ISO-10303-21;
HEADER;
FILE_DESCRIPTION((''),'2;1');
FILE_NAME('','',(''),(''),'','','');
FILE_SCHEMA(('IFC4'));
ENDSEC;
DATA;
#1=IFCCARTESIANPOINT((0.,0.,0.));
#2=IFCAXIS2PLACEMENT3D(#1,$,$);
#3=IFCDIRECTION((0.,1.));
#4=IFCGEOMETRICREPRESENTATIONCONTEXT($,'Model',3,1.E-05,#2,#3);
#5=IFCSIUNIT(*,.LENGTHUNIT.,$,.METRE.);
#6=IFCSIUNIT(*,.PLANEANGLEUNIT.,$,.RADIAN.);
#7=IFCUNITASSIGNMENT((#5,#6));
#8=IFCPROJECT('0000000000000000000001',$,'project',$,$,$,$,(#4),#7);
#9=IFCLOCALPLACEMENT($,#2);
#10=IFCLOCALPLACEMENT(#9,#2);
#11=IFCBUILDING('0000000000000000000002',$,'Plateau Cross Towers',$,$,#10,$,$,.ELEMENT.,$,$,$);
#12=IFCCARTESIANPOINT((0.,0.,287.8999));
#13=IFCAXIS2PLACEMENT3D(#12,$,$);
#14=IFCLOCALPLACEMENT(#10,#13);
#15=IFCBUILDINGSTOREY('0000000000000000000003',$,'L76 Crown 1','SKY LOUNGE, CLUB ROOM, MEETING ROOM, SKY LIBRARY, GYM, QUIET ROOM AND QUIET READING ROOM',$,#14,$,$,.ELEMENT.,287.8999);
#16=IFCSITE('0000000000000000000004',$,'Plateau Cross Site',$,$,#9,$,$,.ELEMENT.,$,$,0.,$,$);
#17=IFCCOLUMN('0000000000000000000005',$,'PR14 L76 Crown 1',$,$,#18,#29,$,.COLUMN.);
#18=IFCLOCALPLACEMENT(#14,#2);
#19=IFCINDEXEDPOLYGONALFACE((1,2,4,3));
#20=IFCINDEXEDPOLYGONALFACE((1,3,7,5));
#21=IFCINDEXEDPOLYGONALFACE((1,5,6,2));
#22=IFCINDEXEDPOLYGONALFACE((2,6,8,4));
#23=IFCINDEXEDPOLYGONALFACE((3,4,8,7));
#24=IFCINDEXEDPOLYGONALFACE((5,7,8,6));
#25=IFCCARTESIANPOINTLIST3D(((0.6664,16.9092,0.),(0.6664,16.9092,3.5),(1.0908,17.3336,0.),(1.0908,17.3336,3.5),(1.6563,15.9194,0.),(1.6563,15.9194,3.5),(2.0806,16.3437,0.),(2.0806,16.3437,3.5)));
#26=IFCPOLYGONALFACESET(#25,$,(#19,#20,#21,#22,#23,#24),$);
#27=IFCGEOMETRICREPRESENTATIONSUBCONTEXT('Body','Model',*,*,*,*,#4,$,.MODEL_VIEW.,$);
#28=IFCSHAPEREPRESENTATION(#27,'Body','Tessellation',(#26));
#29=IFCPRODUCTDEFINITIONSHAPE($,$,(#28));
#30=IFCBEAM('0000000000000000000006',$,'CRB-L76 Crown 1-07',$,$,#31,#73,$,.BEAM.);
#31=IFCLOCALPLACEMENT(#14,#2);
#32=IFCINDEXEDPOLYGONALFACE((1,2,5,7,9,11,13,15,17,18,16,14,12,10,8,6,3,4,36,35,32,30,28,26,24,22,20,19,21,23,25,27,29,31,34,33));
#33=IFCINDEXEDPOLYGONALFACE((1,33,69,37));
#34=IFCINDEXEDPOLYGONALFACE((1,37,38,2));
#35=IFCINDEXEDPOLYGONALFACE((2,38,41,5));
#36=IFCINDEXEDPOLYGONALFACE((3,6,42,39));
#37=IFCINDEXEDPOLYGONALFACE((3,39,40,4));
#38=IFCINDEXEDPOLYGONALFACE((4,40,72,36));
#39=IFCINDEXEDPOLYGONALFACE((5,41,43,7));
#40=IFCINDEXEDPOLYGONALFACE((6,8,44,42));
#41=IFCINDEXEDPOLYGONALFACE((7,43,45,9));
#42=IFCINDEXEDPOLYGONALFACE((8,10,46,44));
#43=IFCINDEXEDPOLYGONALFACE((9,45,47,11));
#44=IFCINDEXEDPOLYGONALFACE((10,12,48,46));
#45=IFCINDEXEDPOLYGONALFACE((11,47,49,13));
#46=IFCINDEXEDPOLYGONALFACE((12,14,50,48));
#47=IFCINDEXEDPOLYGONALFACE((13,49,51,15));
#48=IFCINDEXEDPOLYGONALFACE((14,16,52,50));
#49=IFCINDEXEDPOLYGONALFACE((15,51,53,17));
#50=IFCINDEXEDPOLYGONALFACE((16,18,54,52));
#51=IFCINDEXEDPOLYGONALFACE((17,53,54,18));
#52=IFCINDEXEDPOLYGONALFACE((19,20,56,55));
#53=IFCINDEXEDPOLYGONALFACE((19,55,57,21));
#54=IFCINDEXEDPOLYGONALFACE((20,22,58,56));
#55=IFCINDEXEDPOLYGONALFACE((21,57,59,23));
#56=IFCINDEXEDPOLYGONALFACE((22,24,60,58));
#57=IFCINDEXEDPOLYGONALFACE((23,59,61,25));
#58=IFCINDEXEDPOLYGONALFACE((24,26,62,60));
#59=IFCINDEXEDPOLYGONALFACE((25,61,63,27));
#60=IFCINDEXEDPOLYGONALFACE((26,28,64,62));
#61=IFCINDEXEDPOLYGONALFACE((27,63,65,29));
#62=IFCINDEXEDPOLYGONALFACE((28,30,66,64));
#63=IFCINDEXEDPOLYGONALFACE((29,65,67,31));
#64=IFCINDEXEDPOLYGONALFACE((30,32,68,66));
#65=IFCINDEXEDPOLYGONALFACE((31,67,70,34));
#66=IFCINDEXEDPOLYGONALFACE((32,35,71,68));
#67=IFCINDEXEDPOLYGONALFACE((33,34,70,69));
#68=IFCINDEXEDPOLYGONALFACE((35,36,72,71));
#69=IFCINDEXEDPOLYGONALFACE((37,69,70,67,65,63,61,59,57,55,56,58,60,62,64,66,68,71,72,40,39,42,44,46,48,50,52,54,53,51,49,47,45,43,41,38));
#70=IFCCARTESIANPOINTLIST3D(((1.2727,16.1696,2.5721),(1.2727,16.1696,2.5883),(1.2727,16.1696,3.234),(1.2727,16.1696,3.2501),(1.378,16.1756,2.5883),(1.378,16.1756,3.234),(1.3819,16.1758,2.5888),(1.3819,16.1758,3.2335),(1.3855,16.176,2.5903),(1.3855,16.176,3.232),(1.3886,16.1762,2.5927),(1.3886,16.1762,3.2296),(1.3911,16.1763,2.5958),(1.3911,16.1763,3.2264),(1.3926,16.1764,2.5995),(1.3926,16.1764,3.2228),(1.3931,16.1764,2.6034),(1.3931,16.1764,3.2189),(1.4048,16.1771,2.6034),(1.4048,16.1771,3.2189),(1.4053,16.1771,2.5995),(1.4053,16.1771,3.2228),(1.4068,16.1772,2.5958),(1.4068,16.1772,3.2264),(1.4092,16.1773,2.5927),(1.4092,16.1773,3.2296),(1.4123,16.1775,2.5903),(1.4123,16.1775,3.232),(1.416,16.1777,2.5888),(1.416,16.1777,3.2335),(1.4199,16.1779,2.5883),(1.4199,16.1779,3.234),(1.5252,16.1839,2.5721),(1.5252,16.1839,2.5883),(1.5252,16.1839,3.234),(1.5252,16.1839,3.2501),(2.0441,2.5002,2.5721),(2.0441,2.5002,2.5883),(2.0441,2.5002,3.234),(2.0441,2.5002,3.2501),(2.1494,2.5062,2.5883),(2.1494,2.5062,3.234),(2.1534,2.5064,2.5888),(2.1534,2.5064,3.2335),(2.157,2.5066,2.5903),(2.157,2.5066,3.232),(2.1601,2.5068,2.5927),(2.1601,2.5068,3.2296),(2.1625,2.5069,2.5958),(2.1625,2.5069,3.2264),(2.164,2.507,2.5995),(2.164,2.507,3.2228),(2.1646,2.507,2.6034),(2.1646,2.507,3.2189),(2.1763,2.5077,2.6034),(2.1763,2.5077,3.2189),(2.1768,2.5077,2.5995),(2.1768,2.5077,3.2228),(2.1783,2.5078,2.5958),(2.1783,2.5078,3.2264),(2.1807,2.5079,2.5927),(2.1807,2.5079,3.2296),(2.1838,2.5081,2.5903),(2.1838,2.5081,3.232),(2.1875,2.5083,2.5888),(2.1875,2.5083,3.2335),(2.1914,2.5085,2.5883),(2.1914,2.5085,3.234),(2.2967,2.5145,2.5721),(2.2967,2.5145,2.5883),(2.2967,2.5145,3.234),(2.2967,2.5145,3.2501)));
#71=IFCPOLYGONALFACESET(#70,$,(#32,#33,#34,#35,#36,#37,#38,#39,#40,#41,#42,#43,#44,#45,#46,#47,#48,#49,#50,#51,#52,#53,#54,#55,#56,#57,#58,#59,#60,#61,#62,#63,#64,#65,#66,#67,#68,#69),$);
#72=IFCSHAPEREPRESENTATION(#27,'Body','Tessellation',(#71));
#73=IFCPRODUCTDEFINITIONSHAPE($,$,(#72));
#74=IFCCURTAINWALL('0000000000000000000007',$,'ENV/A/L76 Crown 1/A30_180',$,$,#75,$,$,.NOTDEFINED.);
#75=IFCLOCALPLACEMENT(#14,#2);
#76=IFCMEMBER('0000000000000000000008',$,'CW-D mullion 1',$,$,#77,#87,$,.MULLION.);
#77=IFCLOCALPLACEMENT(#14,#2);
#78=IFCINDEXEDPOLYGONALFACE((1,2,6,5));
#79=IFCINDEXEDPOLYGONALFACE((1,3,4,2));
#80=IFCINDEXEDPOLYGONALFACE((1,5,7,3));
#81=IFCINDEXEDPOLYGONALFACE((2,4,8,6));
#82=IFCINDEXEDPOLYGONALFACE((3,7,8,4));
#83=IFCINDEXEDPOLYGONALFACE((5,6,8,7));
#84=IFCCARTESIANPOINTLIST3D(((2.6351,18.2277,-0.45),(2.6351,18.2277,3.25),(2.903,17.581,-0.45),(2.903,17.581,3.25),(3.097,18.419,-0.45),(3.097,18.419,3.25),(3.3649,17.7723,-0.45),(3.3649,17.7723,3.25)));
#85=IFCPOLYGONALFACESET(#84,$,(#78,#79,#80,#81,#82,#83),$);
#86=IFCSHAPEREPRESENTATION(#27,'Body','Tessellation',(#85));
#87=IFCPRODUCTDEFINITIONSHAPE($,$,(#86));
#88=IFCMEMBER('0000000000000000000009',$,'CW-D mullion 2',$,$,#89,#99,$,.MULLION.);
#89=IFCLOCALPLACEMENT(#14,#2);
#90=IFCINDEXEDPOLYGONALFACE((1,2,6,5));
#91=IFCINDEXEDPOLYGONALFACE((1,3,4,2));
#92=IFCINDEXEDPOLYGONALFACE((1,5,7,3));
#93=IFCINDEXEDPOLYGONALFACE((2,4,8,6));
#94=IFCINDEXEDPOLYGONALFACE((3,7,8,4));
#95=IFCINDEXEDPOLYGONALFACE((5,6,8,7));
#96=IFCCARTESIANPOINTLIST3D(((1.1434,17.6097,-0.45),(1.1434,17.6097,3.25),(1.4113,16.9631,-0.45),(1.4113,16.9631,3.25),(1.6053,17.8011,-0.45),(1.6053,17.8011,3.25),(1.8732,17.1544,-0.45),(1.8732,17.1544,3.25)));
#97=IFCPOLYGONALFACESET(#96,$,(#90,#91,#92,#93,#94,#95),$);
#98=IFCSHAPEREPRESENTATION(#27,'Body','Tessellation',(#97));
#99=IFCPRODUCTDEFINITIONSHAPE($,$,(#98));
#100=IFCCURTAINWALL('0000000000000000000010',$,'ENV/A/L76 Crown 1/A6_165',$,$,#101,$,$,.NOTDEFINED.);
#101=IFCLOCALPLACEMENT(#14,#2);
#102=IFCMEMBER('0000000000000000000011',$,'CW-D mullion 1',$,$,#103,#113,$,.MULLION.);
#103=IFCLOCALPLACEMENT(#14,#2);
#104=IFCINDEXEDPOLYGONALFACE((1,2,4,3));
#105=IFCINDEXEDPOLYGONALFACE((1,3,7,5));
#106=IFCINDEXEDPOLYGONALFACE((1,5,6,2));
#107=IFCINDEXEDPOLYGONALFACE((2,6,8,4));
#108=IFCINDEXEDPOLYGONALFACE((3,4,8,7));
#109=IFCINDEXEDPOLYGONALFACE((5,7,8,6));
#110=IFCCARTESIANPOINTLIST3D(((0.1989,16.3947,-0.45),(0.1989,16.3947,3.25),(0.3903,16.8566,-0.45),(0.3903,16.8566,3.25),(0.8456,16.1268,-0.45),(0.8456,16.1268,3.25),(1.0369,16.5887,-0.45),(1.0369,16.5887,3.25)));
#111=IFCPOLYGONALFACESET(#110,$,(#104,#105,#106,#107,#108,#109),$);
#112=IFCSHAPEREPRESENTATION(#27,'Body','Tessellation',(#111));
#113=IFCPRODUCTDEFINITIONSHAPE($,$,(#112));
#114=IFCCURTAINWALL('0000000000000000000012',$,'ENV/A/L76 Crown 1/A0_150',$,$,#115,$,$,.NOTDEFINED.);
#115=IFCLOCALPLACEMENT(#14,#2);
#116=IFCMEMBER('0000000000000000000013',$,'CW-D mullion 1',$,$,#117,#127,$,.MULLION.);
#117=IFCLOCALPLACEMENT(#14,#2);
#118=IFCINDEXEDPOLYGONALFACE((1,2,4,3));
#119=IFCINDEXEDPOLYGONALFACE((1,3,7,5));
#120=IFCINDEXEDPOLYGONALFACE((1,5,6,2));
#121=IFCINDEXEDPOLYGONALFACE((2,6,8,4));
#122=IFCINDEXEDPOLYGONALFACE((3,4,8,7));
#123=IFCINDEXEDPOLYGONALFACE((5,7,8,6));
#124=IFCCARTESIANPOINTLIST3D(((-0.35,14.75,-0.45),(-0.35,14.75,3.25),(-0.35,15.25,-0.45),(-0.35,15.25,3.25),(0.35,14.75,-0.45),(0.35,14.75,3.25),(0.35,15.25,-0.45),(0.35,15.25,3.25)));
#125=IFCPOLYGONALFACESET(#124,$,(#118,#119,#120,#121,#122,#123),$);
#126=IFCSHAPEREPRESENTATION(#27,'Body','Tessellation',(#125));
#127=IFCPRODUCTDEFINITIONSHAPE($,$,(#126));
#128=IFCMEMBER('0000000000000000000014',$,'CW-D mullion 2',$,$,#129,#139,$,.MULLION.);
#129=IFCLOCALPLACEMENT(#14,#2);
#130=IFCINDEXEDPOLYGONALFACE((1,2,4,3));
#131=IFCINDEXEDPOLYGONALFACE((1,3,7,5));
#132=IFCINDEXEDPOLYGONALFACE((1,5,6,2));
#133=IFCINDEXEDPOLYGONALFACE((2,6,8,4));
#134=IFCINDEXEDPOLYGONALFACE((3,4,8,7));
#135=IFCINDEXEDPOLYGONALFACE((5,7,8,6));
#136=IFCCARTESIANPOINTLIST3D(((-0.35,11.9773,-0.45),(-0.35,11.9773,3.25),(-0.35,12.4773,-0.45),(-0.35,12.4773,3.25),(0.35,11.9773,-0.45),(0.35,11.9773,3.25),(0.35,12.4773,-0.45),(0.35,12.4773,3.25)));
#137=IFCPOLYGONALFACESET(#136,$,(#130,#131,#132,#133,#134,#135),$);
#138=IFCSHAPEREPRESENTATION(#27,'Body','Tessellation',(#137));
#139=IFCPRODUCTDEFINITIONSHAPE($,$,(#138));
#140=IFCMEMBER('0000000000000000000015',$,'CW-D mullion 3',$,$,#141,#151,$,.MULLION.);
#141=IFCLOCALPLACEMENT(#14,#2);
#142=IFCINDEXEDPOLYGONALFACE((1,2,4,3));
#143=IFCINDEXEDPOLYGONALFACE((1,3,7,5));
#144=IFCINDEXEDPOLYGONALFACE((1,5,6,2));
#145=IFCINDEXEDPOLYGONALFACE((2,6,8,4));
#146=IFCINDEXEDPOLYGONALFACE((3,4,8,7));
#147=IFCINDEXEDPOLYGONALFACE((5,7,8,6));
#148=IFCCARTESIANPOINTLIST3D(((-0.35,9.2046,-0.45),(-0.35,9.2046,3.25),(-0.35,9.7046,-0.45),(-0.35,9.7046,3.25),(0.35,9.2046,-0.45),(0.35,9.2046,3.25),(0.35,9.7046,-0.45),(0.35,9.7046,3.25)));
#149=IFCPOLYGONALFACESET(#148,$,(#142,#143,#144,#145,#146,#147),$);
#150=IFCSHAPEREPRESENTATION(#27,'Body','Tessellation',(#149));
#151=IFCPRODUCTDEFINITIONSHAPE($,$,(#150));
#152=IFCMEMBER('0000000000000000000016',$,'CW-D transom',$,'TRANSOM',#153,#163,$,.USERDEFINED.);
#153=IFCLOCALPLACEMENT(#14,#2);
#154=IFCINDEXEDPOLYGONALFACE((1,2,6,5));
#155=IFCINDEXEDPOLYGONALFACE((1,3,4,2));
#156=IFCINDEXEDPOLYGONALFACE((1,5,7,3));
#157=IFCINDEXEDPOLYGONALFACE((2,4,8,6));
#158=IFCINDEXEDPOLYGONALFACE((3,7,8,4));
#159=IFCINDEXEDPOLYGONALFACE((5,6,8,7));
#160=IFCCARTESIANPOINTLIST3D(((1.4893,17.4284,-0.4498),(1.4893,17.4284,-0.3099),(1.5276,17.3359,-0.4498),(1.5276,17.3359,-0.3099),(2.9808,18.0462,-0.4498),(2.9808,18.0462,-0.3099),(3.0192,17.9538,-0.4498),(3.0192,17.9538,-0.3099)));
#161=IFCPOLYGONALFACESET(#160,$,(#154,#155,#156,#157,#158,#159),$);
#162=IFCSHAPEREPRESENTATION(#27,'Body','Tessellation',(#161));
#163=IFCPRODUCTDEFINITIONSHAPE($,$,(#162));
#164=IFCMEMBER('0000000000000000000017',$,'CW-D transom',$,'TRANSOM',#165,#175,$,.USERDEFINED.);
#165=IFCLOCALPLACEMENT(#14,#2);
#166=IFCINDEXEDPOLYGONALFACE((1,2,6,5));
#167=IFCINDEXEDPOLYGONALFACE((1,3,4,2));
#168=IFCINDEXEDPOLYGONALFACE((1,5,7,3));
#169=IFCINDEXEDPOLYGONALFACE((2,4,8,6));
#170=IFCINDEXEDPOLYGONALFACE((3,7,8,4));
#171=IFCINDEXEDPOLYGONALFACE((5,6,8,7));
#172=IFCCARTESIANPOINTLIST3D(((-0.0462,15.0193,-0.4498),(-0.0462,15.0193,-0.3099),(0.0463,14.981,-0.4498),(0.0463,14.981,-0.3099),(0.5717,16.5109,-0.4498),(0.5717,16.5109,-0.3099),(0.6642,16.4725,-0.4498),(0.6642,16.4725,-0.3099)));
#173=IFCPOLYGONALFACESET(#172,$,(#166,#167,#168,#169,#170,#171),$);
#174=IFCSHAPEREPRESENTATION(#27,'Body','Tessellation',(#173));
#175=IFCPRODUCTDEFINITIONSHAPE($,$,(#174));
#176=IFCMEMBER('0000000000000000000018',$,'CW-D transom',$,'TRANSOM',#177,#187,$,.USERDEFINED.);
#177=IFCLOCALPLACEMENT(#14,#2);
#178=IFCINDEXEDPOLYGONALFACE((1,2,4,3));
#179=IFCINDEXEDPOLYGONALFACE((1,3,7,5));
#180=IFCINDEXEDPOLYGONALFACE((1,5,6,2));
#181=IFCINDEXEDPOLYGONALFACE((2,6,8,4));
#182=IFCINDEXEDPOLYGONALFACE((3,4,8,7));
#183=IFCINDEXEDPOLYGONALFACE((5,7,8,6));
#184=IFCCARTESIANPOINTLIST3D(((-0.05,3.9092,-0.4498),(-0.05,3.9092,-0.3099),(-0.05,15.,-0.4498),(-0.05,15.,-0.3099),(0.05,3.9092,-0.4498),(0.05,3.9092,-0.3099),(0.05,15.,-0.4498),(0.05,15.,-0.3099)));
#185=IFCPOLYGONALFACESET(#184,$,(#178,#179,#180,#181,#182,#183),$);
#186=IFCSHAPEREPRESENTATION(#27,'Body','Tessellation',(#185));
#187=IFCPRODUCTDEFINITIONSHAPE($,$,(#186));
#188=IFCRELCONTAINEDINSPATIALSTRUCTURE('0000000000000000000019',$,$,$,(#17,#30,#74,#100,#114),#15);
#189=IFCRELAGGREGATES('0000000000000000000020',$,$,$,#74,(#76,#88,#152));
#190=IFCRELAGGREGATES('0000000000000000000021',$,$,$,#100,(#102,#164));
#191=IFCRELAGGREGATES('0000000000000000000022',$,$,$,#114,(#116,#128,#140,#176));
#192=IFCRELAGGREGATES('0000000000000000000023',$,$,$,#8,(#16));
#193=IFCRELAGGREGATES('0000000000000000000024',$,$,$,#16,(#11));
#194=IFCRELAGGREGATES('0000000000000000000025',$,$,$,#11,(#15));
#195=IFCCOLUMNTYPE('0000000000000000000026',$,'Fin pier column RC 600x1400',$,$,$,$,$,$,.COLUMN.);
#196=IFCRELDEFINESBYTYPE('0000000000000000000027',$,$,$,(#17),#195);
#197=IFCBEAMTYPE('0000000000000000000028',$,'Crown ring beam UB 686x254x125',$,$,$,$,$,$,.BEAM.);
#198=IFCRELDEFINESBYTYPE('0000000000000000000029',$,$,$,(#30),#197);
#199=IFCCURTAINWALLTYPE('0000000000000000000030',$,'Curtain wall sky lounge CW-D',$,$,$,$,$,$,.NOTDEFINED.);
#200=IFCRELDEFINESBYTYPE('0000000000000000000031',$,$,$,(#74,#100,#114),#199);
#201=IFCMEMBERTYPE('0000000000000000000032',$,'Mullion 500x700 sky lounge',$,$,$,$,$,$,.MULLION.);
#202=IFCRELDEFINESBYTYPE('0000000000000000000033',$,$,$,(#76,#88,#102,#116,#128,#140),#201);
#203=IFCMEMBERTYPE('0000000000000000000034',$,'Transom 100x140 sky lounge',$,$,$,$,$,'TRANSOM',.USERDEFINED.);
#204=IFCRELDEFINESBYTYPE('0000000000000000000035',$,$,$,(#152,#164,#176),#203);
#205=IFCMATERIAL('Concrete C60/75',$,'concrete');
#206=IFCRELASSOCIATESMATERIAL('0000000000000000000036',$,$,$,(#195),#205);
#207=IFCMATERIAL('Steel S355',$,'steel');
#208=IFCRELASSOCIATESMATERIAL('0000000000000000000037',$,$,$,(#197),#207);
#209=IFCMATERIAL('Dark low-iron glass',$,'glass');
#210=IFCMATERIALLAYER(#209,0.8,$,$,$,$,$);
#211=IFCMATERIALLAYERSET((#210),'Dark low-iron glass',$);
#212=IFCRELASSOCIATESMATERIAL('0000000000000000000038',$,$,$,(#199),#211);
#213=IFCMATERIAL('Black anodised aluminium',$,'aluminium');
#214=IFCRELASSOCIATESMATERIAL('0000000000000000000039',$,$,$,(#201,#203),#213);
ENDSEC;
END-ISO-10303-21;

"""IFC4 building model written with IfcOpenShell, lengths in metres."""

from ifc_helpers import new_model, si_unit, direction, frame, origin, origin_2d, place, context, subcontext, project, spatial, rectangle, i_section, extrude, material, layer, layer_set, material_profile, profile_set, type_object, element, aggregate, save


model = new_model("IFC4")

# Units and contexts
model_context = context("Model", 3, precision=1e-05, world=origin(), true_north=direction((0.0, 1.0)))
body_context = subcontext(model_context, "Body", "Model", "MODEL_VIEW")
ifc_project = project(units=[si_unit("LENGTHUNIT", "METRE"), si_unit("PLANEANGLEUNIT", "RADIAN")], contexts=[model_context])

# Site, building, storey
site_placement = place(None, origin())
site = spatial("IfcSite", under=ifc_project, at=site_placement, Name="Plateau Cross Site", CompositionType="ELEMENT", RefElevation=0.0)
building_placement = place(site_placement, origin())
building = spatial("IfcBuilding", under=site, at=building_placement, Name="Plateau Cross Towers", CompositionType="ELEMENT")
storey_placement = place(building_placement, frame((0.0, 0.0, 287.8999)))
storey = spatial("IfcBuildingStorey", under=building, at=storey_placement, Name="L76 Crown 1", Description="SKY LOUNGE, CLUB ROOM, MEETING ROOM, SKY LIBRARY, GYM, QUIET ROOM AND QUIET READING ROOM", CompositionType="ELEMENT", Elevation=287.8999)

# Column
ifc_material_1 = material(Name="Concrete C60/75", Category="concrete")
ifc_material_profile_1 = material_profile(ifc_material_1, rectangle(XDim=0.6001, YDim=1.3999, at=origin_2d()), Name="RC 600x1400")
ifc_profile_set_1 = profile_set([ifc_material_profile_1], Name="Concrete C60/75")
column_type = type_object("IfcColumnType", Name="Fin pier column RC 600x1400", PredefinedType="COLUMN", material=ifc_profile_set_1)
column_placement = place(storey_placement, frame((1.3735, 16.6265, 0.0), z_axis=(0.0, 0.0, 1.0), x_axis=(0.707107, 0.707107, 0.0)))
element("IfcColumn", 1, at=column_placement, inside=storey, type_object=column_type, Name="PR14 L76 Crown 1", PredefinedType="COLUMN", context=body_context, shape_type="SweptSolid", body=[
    extrude(rectangle(XDim=0.6001, YDim=1.3999, at=origin_2d()), origin(), (0.0, 0.0, 1.0), 3.5),
])

# Beam
ifc_material_2 = material(Name="Steel S355", Category="steel")
ifc_material_profile_2 = material_profile(ifc_material_2, i_section(OverallWidth=0.2529, OverallDepth=0.678, WebThickness=0.0117, FlangeThickness=0.0161, FilletRadius=0.0151, at=origin_2d()), Name="UB 686x254x125")
ifc_profile_set_2 = profile_set([ifc_material_profile_2], Name="Steel S355")
beam_type = type_object("IfcBeamType", Name="Crown ring beam UB 686x254x125", PredefinedType="BEAM", material=ifc_profile_set_2)
beam_placement = place(storey_placement, frame((1.3989, 16.1768, 2.9111), z_axis=(0.056349, -0.998411, 0.0), x_axis=(0.998411, 0.056349, 0.0)))
element("IfcBeam", 2, at=beam_placement, inside=storey, type_object=beam_type, Name="CRB-L76 Crown 1-07", PredefinedType="BEAM", context=body_context, shape_type="SweptSolid", body=[
    extrude(i_section(OverallWidth=0.2529, OverallDepth=0.678, WebThickness=0.0117, FlangeThickness=0.0161, FilletRadius=0.0151, at=origin_2d()), origin(), (0.0, 0.0, 1.0), 13.6912),
])

# Curtain wall, members
ifc_material_3 = material(Name="Dark low-iron glass", Category="glass")
ifc_layer_1 = layer(ifc_material_3, 0.8)
ifc_layer_set_1 = layer_set([ifc_layer_1], Name="Dark low-iron glass")
curtain_wall_type = type_object("IfcCurtainWallType", Name="Curtain wall sky lounge CW-D", PredefinedType="NOTDEFINED", material=ifc_layer_set_1)
curtain_wall_1_placement = place(storey_placement, origin())
curtain_wall_1 = element("IfcCurtainWall", 3, at=curtain_wall_1_placement, inside=storey, type_object=curtain_wall_type, Name="ENV/A/L76 Crown 1/A30_180", PredefinedType="NOTDEFINED")
ifc_material_4 = material(Name="Black anodised aluminium", Category="aluminium")
ifc_material_profile_3 = material_profile(ifc_material_4, rectangle(XDim=0.5, YDim=0.7, at=origin_2d()), Name="MULLION 500x700")
ifc_profile_set_3 = profile_set([ifc_material_profile_3], Name="Black anodised aluminium")
member_type_1 = type_object("IfcMemberType", Name="Mullion 500x700 sky lounge", PredefinedType="MULLION", material=ifc_profile_set_3)
member_1_placement = place(storey_placement, frame((3.0, 18.0, -0.45), z_axis=(0.0, 0.0, 1.0), x_axis=(-0.923879, -0.382684, 0.0)))
member_1 = element("IfcMember", 4, at=member_1_placement, type_object=member_type_1, Name="CW-D mullion 1", PredefinedType="MULLION", context=body_context, shape_type="SweptSolid", body=[
    extrude(rectangle(XDim=0.5, YDim=0.7, at=origin_2d()), origin(), (0.0, 0.0, 1.0), 3.7),
])
member_2_placement = place(storey_placement, frame((1.5083, 17.3821, -0.45), z_axis=(0.0, 0.0, 1.0), x_axis=(-0.923879, -0.382684, 0.0)))
member_2 = element("IfcMember", 5, at=member_2_placement, type_object=member_type_1, Name="CW-D mullion 2", PredefinedType="MULLION", context=body_context, shape_type="SweptSolid", body=[
    extrude(rectangle(XDim=0.5, YDim=0.7, at=origin_2d()), origin(), (0.0, 0.0, 1.0), 3.7),
])

# Curtain wall, member
curtain_wall_2_placement = place(storey_placement, origin())
curtain_wall_2 = element("IfcCurtainWall", 6, at=curtain_wall_2_placement, inside=storey, type_object=curtain_wall_type, Name="ENV/A/L76 Crown 1/A6_165", PredefinedType="NOTDEFINED")
member_3_placement = place(storey_placement, frame((0.6179, 16.4917, -0.45), z_axis=(0.0, 0.0, 1.0), x_axis=(-0.382684, -0.923879, 0.0)))
member_3 = element("IfcMember", 7, at=member_3_placement, type_object=member_type_1, Name="CW-D mullion 1", PredefinedType="MULLION", context=body_context, shape_type="SweptSolid", body=[
    extrude(rectangle(XDim=0.5, YDim=0.7, at=origin_2d()), origin(), (0.0, 0.0, 1.0), 3.7),
])

# Curtain wall, members
curtain_wall_3_placement = place(storey_placement, origin())
curtain_wall_3 = element("IfcCurtainWall", 8, at=curtain_wall_3_placement, inside=storey, type_object=curtain_wall_type, Name="ENV/A/L76 Crown 1/A0_150", PredefinedType="NOTDEFINED")
member_4_placement = place(storey_placement, frame((0.0, 15.0, -0.45), z_axis=(0.0, 0.0, 1.0), x_axis=(0.0, -1.0, 0.0)))
member_4 = element("IfcMember", 9, at=member_4_placement, type_object=member_type_1, Name="CW-D mullion 1", PredefinedType="MULLION", context=body_context, shape_type="SweptSolid", body=[
    extrude(rectangle(XDim=0.5, YDim=0.7, at=origin_2d()), origin(), (0.0, 0.0, 1.0), 3.7),
])
member_5_placement = place(storey_placement, frame((0.0, 12.2273, -0.45), z_axis=(0.0, 0.0, 1.0), x_axis=(0.0, -1.0, 0.0)))
member_5 = element("IfcMember", 10, at=member_5_placement, type_object=member_type_1, Name="CW-D mullion 2", PredefinedType="MULLION", context=body_context, shape_type="SweptSolid", body=[
    extrude(rectangle(XDim=0.5, YDim=0.7, at=origin_2d()), origin(), (0.0, 0.0, 1.0), 3.7),
])
member_6_placement = place(storey_placement, frame((0.0, 9.4546, -0.45), z_axis=(0.0, 0.0, 1.0), x_axis=(0.0, -1.0, 0.0)))
member_6 = element("IfcMember", 11, at=member_6_placement, type_object=member_type_1, Name="CW-D mullion 3", PredefinedType="MULLION", context=body_context, shape_type="SweptSolid", body=[
    extrude(rectangle(XDim=0.5, YDim=0.7, at=origin_2d()), origin(), (0.0, 0.0, 1.0), 3.7),
])

# Members
ifc_material_profile_4 = material_profile(ifc_material_4, rectangle(XDim=0.1001, YDim=0.1399, at=origin_2d()), Name="TRANSOM 100x140")
ifc_profile_set_4 = profile_set([ifc_material_profile_4], Name="Black anodised aluminium")
member_type_2 = type_object("IfcMemberType", Name="Transom 100x140 sky lounge", ElementType="TRANSOM", PredefinedType="USERDEFINED", material=ifc_profile_set_4)
member_7_placement = place(storey_placement, frame((3.0, 18.0, -0.3799), z_axis=(-0.923871, -0.382703, 0.0), x_axis=(0.382703, -0.923871, 0.0)))
member_7 = element("IfcMember", 12, at=member_7_placement, type_object=member_type_2, Name="CW-D transom", ObjectType="TRANSOM", PredefinedType="USERDEFINED", context=body_context, shape_type="SweptSolid", body=[
    extrude(rectangle(XDim=0.1001, YDim=0.1399, at=origin_2d()), origin(), (0.0, 0.0, 1.0), 1.6145),
])
member_8_placement = place(storey_placement, frame((0.6179, 16.4917, -0.3799), z_axis=(-0.382703, -0.923871, 0.0), x_axis=(0.923871, -0.382703, 0.0)))
member_8 = element("IfcMember", 13, at=member_8_placement, type_object=member_type_2, Name="CW-D transom", ObjectType="TRANSOM", PredefinedType="USERDEFINED", context=body_context, shape_type="SweptSolid", body=[
    extrude(rectangle(XDim=0.1001, YDim=0.1399, at=origin_2d()), origin(), (0.0, 0.0, 1.0), 1.6145),
])
member_9_placement = place(storey_placement, frame((0.0, 15.0, -0.3799), z_axis=(0.0, -1.0, 0.0), x_axis=(1.0, 0.0, 0.0)))
member_9 = element("IfcMember", 14, at=member_9_placement, type_object=member_type_2, Name="CW-D transom", ObjectType="TRANSOM", PredefinedType="USERDEFINED", context=body_context, shape_type="SweptSolid", body=[
    extrude(rectangle(XDim=0.1001, YDim=0.1399, at=origin_2d()), origin(), (0.0, 0.0, 1.0), 11.0908),
])

aggregate(curtain_wall_1, [member_1, member_2, member_7])
aggregate(curtain_wall_2, [member_3, member_8])
aggregate(curtain_wall_3, [member_4, member_5, member_6, member_9])

save(model, "model.ifc")
